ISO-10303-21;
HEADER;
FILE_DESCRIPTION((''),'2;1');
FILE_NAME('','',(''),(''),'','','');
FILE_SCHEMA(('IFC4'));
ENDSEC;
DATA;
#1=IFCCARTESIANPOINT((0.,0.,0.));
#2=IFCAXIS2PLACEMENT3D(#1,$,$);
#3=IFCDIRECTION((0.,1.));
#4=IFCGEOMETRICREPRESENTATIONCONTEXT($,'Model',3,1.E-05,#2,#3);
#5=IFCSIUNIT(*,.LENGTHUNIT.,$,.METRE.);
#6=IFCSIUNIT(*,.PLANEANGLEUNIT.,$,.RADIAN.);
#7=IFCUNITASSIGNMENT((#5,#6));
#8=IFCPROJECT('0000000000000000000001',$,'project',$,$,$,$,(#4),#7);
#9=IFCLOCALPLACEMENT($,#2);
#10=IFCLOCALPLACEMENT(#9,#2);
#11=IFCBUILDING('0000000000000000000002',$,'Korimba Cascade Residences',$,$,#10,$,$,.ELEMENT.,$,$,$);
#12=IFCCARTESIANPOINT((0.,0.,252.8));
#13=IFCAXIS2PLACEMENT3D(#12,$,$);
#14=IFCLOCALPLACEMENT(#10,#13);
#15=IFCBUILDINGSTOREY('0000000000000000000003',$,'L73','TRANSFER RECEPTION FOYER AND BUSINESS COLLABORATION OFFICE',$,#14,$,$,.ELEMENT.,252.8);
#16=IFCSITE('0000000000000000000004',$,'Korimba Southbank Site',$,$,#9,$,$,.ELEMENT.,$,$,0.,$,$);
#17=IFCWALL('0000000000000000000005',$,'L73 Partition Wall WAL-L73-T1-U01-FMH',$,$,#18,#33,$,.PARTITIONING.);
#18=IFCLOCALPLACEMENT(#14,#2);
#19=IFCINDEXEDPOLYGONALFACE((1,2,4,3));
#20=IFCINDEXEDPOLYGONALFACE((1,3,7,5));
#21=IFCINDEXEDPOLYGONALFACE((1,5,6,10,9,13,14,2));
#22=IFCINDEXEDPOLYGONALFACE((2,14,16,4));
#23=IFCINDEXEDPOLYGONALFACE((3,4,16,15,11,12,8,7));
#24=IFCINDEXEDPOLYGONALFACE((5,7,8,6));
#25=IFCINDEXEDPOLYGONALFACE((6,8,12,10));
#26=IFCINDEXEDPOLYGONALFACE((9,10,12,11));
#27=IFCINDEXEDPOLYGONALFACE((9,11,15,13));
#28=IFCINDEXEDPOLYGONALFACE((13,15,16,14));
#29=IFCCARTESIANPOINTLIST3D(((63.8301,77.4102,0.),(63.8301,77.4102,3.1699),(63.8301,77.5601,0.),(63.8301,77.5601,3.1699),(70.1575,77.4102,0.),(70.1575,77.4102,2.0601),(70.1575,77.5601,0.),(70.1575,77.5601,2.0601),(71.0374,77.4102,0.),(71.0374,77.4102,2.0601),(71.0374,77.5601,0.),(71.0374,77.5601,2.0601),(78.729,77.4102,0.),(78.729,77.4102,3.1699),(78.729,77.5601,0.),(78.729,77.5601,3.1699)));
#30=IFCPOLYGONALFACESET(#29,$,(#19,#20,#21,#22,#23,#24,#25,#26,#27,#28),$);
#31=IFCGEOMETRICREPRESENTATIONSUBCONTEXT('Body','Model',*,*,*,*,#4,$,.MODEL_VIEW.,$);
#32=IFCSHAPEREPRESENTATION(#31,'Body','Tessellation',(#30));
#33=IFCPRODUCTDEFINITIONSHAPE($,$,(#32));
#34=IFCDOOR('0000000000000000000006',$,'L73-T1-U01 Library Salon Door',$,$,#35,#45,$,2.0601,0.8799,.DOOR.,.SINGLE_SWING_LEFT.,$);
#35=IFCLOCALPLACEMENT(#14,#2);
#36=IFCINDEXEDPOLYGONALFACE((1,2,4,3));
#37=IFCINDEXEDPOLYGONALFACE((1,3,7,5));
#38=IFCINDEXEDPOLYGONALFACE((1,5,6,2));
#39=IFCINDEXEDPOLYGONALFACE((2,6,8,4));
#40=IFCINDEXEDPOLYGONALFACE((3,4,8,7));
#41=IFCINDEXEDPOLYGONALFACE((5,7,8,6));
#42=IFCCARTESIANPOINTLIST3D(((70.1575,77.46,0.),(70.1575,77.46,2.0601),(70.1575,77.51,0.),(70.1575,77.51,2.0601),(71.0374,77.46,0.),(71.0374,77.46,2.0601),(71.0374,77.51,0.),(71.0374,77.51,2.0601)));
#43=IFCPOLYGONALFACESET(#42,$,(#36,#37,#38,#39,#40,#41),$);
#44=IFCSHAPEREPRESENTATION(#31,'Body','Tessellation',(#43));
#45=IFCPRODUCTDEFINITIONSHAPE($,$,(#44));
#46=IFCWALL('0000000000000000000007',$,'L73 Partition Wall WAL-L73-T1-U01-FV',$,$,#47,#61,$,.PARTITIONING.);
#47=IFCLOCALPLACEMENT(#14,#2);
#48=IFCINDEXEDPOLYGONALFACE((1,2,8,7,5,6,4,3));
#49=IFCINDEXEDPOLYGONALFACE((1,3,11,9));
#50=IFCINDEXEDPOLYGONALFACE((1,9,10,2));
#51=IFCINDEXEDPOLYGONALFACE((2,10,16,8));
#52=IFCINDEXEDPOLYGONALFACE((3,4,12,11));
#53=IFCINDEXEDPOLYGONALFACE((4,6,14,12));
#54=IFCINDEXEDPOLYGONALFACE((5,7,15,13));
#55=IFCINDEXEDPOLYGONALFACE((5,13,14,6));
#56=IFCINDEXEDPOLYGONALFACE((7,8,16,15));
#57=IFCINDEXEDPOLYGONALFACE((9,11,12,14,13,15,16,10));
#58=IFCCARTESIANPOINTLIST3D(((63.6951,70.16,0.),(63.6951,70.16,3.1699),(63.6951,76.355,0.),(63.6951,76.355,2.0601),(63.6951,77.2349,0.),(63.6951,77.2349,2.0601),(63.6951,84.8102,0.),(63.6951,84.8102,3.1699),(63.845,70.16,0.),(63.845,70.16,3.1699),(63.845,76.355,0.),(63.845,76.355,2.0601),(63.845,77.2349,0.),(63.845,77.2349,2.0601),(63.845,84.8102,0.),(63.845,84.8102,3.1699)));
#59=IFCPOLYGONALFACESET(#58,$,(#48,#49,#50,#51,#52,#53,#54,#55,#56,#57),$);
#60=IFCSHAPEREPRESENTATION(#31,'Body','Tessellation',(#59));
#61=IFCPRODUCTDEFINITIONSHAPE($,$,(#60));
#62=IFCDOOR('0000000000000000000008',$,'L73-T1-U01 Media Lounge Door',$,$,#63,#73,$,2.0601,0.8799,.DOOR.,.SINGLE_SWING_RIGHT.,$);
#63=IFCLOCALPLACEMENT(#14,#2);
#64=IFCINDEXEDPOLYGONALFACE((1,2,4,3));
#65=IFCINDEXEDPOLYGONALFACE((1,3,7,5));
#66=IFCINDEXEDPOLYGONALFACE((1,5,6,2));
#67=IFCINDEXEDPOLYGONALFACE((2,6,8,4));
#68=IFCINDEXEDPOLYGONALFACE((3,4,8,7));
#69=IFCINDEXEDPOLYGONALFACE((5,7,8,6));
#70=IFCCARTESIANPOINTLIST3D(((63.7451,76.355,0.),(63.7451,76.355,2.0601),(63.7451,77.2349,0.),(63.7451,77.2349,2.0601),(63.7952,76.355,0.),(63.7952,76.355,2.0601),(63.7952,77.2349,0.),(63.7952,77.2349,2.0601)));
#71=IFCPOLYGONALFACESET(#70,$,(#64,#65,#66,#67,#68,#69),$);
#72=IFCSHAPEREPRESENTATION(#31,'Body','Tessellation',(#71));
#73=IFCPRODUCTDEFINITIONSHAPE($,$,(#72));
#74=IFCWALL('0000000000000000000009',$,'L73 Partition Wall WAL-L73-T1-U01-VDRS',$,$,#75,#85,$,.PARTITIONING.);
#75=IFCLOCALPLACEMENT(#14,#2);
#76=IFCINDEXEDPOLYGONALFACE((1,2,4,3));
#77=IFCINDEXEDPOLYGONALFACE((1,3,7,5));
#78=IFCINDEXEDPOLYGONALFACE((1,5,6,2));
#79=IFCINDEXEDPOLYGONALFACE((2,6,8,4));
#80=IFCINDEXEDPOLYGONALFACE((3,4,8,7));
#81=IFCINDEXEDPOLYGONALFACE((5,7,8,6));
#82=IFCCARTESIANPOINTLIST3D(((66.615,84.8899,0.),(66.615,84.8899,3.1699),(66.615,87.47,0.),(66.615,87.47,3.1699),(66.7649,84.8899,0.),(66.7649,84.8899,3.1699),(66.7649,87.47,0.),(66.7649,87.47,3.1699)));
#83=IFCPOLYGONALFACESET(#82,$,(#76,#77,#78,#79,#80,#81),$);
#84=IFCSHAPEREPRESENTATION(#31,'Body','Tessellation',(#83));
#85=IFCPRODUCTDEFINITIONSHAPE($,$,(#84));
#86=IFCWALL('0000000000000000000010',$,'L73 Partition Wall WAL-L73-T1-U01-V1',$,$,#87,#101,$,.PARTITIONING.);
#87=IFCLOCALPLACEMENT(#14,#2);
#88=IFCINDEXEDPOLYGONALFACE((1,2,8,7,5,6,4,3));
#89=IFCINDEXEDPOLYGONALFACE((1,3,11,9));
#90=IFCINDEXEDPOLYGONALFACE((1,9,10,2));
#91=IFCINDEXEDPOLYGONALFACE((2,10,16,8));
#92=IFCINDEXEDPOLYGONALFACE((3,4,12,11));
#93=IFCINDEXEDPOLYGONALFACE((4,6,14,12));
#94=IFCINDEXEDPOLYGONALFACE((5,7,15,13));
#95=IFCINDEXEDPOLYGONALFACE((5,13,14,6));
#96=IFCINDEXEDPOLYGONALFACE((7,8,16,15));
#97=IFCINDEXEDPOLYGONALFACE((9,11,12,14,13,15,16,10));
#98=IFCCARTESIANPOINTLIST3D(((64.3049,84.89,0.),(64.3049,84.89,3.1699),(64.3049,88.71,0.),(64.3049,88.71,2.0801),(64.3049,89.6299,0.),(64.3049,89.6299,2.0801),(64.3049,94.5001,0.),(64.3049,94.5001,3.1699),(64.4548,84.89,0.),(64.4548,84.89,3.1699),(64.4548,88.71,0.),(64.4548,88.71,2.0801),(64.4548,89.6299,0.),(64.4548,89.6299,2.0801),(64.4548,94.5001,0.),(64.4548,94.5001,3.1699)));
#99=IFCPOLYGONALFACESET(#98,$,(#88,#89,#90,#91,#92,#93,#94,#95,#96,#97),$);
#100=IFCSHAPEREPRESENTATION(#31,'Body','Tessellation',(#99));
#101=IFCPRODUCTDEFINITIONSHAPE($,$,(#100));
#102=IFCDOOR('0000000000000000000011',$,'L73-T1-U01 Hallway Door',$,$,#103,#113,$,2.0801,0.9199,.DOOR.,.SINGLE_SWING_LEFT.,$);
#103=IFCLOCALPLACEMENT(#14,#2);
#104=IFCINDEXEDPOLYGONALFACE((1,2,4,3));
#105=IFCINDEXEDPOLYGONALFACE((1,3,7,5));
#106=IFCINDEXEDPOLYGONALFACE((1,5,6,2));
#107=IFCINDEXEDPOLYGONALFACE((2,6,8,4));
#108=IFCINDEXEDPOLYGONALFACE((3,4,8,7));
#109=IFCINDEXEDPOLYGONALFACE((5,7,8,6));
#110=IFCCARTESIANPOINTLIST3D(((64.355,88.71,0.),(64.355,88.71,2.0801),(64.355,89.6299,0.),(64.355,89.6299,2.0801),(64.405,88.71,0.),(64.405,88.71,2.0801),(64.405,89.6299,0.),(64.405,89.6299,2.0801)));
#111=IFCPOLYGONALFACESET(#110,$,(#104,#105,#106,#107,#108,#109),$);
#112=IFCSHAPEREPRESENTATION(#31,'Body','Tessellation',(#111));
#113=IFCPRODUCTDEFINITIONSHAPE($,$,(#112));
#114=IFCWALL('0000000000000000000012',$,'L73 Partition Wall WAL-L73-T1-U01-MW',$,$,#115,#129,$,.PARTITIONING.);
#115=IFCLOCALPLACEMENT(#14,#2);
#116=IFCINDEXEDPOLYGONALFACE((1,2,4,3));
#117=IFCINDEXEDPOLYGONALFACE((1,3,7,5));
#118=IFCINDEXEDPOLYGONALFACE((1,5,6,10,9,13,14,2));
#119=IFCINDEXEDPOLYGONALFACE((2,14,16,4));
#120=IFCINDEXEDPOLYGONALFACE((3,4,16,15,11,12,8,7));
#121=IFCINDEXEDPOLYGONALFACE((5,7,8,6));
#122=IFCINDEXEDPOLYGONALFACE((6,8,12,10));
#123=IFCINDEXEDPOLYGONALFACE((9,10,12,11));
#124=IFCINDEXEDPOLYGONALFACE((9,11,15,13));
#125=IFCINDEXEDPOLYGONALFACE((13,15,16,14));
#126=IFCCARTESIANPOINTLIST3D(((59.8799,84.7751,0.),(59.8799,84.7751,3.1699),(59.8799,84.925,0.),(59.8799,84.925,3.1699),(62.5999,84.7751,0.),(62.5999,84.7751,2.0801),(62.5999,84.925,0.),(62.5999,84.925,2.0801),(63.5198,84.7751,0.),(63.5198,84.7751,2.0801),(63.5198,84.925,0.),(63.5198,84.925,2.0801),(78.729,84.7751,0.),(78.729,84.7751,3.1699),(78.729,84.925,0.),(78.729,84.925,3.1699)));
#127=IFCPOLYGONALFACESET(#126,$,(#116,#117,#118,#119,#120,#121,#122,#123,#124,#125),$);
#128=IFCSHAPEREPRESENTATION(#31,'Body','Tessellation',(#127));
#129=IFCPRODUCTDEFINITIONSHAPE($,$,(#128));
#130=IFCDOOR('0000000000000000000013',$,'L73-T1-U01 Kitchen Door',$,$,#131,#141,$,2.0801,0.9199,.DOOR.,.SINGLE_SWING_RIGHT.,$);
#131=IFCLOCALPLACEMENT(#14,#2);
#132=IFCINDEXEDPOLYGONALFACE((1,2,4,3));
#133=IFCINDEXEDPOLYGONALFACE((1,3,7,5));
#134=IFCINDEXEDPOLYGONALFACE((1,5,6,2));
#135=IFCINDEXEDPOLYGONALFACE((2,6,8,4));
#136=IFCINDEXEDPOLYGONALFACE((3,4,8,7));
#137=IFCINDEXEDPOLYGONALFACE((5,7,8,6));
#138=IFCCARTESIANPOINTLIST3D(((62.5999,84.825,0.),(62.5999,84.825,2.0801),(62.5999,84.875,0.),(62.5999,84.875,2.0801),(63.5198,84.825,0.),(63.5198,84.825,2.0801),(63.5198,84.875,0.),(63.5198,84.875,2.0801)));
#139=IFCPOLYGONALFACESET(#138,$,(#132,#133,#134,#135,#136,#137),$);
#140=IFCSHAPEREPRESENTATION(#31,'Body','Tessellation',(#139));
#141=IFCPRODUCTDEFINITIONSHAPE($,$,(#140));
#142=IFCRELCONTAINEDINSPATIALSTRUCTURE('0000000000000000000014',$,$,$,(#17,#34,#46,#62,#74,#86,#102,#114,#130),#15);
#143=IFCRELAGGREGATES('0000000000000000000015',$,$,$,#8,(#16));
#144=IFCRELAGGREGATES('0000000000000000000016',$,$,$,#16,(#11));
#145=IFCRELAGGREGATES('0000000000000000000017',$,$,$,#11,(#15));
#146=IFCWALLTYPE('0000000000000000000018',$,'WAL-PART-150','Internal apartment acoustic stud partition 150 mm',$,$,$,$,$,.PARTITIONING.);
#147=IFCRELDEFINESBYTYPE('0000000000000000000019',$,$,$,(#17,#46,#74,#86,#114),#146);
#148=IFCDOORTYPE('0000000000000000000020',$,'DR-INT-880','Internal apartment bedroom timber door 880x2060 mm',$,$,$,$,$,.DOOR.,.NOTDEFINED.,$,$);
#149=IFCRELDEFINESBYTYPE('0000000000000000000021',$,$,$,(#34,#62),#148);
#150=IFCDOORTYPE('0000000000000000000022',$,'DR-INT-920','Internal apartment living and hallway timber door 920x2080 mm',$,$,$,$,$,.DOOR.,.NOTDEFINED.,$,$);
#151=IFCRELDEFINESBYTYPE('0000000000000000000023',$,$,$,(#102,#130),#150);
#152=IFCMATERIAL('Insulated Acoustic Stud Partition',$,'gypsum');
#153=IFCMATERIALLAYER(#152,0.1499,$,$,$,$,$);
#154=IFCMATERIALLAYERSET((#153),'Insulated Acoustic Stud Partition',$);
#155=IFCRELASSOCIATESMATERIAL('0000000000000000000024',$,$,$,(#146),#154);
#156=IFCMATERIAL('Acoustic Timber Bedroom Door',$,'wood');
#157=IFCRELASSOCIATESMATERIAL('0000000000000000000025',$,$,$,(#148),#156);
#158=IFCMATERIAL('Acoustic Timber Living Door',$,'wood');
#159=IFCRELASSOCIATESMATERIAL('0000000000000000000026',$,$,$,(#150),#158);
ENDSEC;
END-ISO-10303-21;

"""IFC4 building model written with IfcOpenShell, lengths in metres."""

from ifc_helpers import new_model, si_unit, direction, frame, frame_2d, origin, place, context, subcontext, project, spatial, rectangle, extrude, material, layer, layer_set, type_object, element, fill, save


model = new_model("IFC4")

# Units and contexts
model_context = context("Model", 3, precision=1e-05, world=origin(), true_north=direction((0.0, 1.0)))
body_context = subcontext(model_context, "Body", "Model", "MODEL_VIEW")
ifc_project = project(units=[si_unit("LENGTHUNIT", "METRE"), si_unit("PLANEANGLEUNIT", "RADIAN")], contexts=[model_context])

# Site, building, storey
site_placement = place(None, origin())
site = spatial("IfcSite", under=ifc_project, at=site_placement, Name="Korimba Southbank Site", CompositionType="ELEMENT", RefElevation=0.0)
building_placement = place(site_placement, origin())
building = spatial("IfcBuilding", under=site, at=building_placement, Name="Korimba Cascade Residences", CompositionType="ELEMENT")
storey_placement = place(building_placement, frame((0.0, 0.0, 252.8)))
storey = spatial("IfcBuildingStorey", under=building, at=storey_placement, Name="L73", Description="TRANSFER RECEPTION FOYER AND BUSINESS COLLABORATION OFFICE", CompositionType="ELEMENT", Elevation=252.8)

# Walls, openings, doors
ifc_material_1 = material(Name="Insulated Acoustic Stud Partition", Category="gypsum")
ifc_layer_1 = layer(ifc_material_1, 0.1499)
ifc_layer_set_1 = layer_set([ifc_layer_1], Name="Insulated Acoustic Stud Partition")
wall_type_1 = type_object("IfcWallType", Name="WAL-PART-150", Description="Internal apartment acoustic stud partition 150 mm", PredefinedType="PARTITIONING", material=ifc_layer_set_1)
wall_1_placement = place(storey_placement, frame((63.8301, 77.4851, 0.0), z_axis=(0.0, 0.0, 1.0), x_axis=(1.0, 0.0, 0.0)))
wall_1 = element("IfcWall", 1, at=wall_1_placement, inside=storey, type_object=wall_type_1, Name="L73 Partition Wall WAL-L73-T1-U01-FMH", PredefinedType="PARTITIONING", context=body_context, shape_type="SweptSolid", body=[
    extrude(rectangle(XDim=14.8989, YDim=0.1499, at=frame_2d((7.4495, 0.0))), origin(), (0.0, 0.0, 1.0), 3.1699),
])
opening_1_placement = place(wall_1_placement, frame((6.3274, 0.0, 0.0)))
opening_1 = element("IfcOpeningElement", 2, at=opening_1_placement, cuts=wall_1, PredefinedType="OPENING", context=body_context, shape_type="SweptSolid", body=[
    extrude(rectangle(XDim=0.8799, YDim=2.0601, at=frame_2d((0.4399, 1.03))), frame((0.0, 0.085, 0.0), z_axis=(0.0, -1.0, 0.0), x_axis=(1.0, 0.0, 0.0)), (0.0, 0.0, 1.0), 0.1699),
])
ifc_material_2 = material(Name="Acoustic Timber Bedroom Door", Category="wood")
door_type_1 = type_object("IfcDoorType", Name="DR-INT-880", Description="Internal apartment bedroom timber door 880x2060 mm", OperationType="NOTDEFINED", PredefinedType="DOOR", material=ifc_material_2)
door_1_placement = place(opening_1_placement, origin())
door_1 = element("IfcDoor", 3, at=door_1_placement, inside=storey, type_object=door_type_1, Name="L73-T1-U01 Library Salon Door", OperationType="SINGLE_SWING_LEFT", OverallHeight=2.0601, OverallWidth=0.8799, PredefinedType="DOOR", context=body_context, shape_type="SweptSolid", body=[
    extrude(rectangle(XDim=0.8799, YDim=2.0601, at=frame_2d((0.4399, 1.03))), frame((0.0, 0.0249, 0.0), z_axis=(0.0, -1.0, 0.0), x_axis=(1.0, 0.0, 0.0)), (0.0, 0.0, 1.0), 0.05),
])
fill(opening_1, door_1)
wall_2_placement = place(storey_placement, frame((63.77, 70.1599, 0.0), z_axis=(0.0, 0.0, 1.0), x_axis=(0.0, 1.0, 0.0)))
wall_2 = element("IfcWall", 4, at=wall_2_placement, inside=storey, type_object=wall_type_1, Name="L73 Partition Wall WAL-L73-T1-U01-FV", PredefinedType="PARTITIONING", context=body_context, shape_type="SweptSolid", body=[
    extrude(rectangle(XDim=14.6501, YDim=0.1499, at=frame_2d((7.3252, 0.0))), origin(), (0.0, 0.0, 1.0), 3.1699),
])
opening_2_placement = place(wall_2_placement, frame((6.1951, 0.0, 0.0)))
opening_2 = element("IfcOpeningElement", 5, at=opening_2_placement, cuts=wall_2, PredefinedType="OPENING", context=body_context, shape_type="SweptSolid", body=[
    extrude(rectangle(XDim=0.8799, YDim=2.0601, at=frame_2d((0.4399, 1.03))), frame((0.0, 0.085, 0.0), z_axis=(0.0, -1.0, 0.0), x_axis=(1.0, 0.0, 0.0)), (0.0, 0.0, 1.0), 0.1699),
])
door_2_placement = place(opening_2_placement, origin())
door_2 = element("IfcDoor", 6, at=door_2_placement, inside=storey, type_object=door_type_1, Name="L73-T1-U01 Media Lounge Door", OperationType="SINGLE_SWING_RIGHT", OverallHeight=2.0601, OverallWidth=0.8799, PredefinedType="DOOR", context=body_context, shape_type="SweptSolid", body=[
    extrude(rectangle(XDim=0.8799, YDim=2.0601, at=frame_2d((0.4399, 1.03))), frame((0.0, 0.0249, 0.0), z_axis=(0.0, -1.0, 0.0), x_axis=(1.0, 0.0, 0.0)), (0.0, 0.0, 1.0), 0.05),
])
fill(opening_2, door_2)

# Wall
wall_3_placement = place(storey_placement, frame((66.6899, 84.8899, 0.0), z_axis=(0.0, 0.0, 1.0), x_axis=(0.0, 1.0, 0.0)))
element("IfcWall", 7, at=wall_3_placement, inside=storey, type_object=wall_type_1, Name="L73 Partition Wall WAL-L73-T1-U01-VDRS", PredefinedType="PARTITIONING", context=body_context, shape_type="SweptSolid", body=[
    extrude(rectangle(XDim=2.5801, YDim=0.1499, at=frame_2d((1.29, 0.0))), origin(), (0.0, 0.0, 1.0), 3.1699),
])

# Walls, openings, doors
wall_4_placement = place(storey_placement, frame((64.3799, 84.8899, 0.0), z_axis=(0.0, 0.0, 1.0), x_axis=(0.0, 1.0, 0.0)))
wall_4 = element("IfcWall", 8, at=wall_4_placement, inside=storey, type_object=wall_type_1, Name="L73 Partition Wall WAL-L73-T1-U01-V1", PredefinedType="PARTITIONING", context=body_context, shape_type="SweptSolid", body=[
    extrude(rectangle(XDim=9.6101, YDim=0.1499, at=frame_2d((4.8052, 0.0))), origin(), (0.0, 0.0, 1.0), 3.1699),
])
opening_3_placement = place(wall_4_placement, frame((3.8201, 0.0, 0.0)))
opening_3 = element("IfcOpeningElement", 9, at=opening_3_placement, cuts=wall_4, PredefinedType="OPENING", context=body_context, shape_type="SweptSolid", body=[
    extrude(rectangle(XDim=0.9199, YDim=2.0801, at=frame_2d((0.46, 1.04))), frame((0.0, 0.085, 0.0), z_axis=(0.0, -1.0, 0.0), x_axis=(1.0, 0.0, 0.0)), (0.0, 0.0, 1.0), 0.1699),
])
ifc_material_3 = material(Name="Acoustic Timber Living Door", Category="wood")
door_type_2 = type_object("IfcDoorType", Name="DR-INT-920", Description="Internal apartment living and hallway timber door 920x2080 mm", OperationType="NOTDEFINED", PredefinedType="DOOR", material=ifc_material_3)
door_3_placement = place(opening_3_placement, origin())
door_3 = element("IfcDoor", 10, at=door_3_placement, inside=storey, type_object=door_type_2, Name="L73-T1-U01 Hallway Door", OperationType="SINGLE_SWING_LEFT", OverallHeight=2.0801, OverallWidth=0.9199, PredefinedType="DOOR", context=body_context, shape_type="SweptSolid", body=[
    extrude(rectangle(XDim=0.9199, YDim=2.0801, at=frame_2d((0.46, 1.04))), frame((0.0, 0.0249, 0.0), z_axis=(0.0, -1.0, 0.0), x_axis=(1.0, 0.0, 0.0)), (0.0, 0.0, 1.0), 0.05),
])
fill(opening_3, door_3)
wall_5_placement = place(storey_placement, frame((59.8799, 84.8501, 0.0), z_axis=(0.0, 0.0, 1.0), x_axis=(1.0, 0.0, 0.0)))
wall_5 = element("IfcWall", 11, at=wall_5_placement, inside=storey, type_object=wall_type_1, Name="L73 Partition Wall WAL-L73-T1-U01-MW", PredefinedType="PARTITIONING", context=body_context, shape_type="SweptSolid", body=[
    extrude(rectangle(XDim=18.8491, YDim=0.1499, at=frame_2d((9.4246, 0.0))), origin(), (0.0, 0.0, 1.0), 3.1699),
])
opening_4_placement = place(wall_5_placement, frame((2.72, 0.0, 0.0)))
opening_4 = element("IfcOpeningElement", 12, at=opening_4_placement, cuts=wall_5, PredefinedType="OPENING", context=body_context, shape_type="SweptSolid", body=[
    extrude(rectangle(XDim=0.9199, YDim=2.0801, at=frame_2d((0.46, 1.04))), frame((0.0, 0.085, 0.0), z_axis=(0.0, -1.0, 0.0), x_axis=(1.0, 0.0, 0.0)), (0.0, 0.0, 1.0), 0.1699),
])
door_4_placement = place(opening_4_placement, origin())
door_4 = element("IfcDoor", 13, at=door_4_placement, inside=storey, type_object=door_type_2, Name="L73-T1-U01 Kitchen Door", OperationType="SINGLE_SWING_RIGHT", OverallHeight=2.0801, OverallWidth=0.9199, PredefinedType="DOOR", context=body_context, shape_type="SweptSolid", body=[
    extrude(rectangle(XDim=0.9199, YDim=2.0801, at=frame_2d((0.46, 1.04))), frame((0.0, 0.0249, 0.0), z_axis=(0.0, -1.0, 0.0), x_axis=(1.0, 0.0, 0.0)), (0.0, 0.0, 1.0), 0.05),
])
fill(opening_4, door_4)

save(model, "model.ifc")
